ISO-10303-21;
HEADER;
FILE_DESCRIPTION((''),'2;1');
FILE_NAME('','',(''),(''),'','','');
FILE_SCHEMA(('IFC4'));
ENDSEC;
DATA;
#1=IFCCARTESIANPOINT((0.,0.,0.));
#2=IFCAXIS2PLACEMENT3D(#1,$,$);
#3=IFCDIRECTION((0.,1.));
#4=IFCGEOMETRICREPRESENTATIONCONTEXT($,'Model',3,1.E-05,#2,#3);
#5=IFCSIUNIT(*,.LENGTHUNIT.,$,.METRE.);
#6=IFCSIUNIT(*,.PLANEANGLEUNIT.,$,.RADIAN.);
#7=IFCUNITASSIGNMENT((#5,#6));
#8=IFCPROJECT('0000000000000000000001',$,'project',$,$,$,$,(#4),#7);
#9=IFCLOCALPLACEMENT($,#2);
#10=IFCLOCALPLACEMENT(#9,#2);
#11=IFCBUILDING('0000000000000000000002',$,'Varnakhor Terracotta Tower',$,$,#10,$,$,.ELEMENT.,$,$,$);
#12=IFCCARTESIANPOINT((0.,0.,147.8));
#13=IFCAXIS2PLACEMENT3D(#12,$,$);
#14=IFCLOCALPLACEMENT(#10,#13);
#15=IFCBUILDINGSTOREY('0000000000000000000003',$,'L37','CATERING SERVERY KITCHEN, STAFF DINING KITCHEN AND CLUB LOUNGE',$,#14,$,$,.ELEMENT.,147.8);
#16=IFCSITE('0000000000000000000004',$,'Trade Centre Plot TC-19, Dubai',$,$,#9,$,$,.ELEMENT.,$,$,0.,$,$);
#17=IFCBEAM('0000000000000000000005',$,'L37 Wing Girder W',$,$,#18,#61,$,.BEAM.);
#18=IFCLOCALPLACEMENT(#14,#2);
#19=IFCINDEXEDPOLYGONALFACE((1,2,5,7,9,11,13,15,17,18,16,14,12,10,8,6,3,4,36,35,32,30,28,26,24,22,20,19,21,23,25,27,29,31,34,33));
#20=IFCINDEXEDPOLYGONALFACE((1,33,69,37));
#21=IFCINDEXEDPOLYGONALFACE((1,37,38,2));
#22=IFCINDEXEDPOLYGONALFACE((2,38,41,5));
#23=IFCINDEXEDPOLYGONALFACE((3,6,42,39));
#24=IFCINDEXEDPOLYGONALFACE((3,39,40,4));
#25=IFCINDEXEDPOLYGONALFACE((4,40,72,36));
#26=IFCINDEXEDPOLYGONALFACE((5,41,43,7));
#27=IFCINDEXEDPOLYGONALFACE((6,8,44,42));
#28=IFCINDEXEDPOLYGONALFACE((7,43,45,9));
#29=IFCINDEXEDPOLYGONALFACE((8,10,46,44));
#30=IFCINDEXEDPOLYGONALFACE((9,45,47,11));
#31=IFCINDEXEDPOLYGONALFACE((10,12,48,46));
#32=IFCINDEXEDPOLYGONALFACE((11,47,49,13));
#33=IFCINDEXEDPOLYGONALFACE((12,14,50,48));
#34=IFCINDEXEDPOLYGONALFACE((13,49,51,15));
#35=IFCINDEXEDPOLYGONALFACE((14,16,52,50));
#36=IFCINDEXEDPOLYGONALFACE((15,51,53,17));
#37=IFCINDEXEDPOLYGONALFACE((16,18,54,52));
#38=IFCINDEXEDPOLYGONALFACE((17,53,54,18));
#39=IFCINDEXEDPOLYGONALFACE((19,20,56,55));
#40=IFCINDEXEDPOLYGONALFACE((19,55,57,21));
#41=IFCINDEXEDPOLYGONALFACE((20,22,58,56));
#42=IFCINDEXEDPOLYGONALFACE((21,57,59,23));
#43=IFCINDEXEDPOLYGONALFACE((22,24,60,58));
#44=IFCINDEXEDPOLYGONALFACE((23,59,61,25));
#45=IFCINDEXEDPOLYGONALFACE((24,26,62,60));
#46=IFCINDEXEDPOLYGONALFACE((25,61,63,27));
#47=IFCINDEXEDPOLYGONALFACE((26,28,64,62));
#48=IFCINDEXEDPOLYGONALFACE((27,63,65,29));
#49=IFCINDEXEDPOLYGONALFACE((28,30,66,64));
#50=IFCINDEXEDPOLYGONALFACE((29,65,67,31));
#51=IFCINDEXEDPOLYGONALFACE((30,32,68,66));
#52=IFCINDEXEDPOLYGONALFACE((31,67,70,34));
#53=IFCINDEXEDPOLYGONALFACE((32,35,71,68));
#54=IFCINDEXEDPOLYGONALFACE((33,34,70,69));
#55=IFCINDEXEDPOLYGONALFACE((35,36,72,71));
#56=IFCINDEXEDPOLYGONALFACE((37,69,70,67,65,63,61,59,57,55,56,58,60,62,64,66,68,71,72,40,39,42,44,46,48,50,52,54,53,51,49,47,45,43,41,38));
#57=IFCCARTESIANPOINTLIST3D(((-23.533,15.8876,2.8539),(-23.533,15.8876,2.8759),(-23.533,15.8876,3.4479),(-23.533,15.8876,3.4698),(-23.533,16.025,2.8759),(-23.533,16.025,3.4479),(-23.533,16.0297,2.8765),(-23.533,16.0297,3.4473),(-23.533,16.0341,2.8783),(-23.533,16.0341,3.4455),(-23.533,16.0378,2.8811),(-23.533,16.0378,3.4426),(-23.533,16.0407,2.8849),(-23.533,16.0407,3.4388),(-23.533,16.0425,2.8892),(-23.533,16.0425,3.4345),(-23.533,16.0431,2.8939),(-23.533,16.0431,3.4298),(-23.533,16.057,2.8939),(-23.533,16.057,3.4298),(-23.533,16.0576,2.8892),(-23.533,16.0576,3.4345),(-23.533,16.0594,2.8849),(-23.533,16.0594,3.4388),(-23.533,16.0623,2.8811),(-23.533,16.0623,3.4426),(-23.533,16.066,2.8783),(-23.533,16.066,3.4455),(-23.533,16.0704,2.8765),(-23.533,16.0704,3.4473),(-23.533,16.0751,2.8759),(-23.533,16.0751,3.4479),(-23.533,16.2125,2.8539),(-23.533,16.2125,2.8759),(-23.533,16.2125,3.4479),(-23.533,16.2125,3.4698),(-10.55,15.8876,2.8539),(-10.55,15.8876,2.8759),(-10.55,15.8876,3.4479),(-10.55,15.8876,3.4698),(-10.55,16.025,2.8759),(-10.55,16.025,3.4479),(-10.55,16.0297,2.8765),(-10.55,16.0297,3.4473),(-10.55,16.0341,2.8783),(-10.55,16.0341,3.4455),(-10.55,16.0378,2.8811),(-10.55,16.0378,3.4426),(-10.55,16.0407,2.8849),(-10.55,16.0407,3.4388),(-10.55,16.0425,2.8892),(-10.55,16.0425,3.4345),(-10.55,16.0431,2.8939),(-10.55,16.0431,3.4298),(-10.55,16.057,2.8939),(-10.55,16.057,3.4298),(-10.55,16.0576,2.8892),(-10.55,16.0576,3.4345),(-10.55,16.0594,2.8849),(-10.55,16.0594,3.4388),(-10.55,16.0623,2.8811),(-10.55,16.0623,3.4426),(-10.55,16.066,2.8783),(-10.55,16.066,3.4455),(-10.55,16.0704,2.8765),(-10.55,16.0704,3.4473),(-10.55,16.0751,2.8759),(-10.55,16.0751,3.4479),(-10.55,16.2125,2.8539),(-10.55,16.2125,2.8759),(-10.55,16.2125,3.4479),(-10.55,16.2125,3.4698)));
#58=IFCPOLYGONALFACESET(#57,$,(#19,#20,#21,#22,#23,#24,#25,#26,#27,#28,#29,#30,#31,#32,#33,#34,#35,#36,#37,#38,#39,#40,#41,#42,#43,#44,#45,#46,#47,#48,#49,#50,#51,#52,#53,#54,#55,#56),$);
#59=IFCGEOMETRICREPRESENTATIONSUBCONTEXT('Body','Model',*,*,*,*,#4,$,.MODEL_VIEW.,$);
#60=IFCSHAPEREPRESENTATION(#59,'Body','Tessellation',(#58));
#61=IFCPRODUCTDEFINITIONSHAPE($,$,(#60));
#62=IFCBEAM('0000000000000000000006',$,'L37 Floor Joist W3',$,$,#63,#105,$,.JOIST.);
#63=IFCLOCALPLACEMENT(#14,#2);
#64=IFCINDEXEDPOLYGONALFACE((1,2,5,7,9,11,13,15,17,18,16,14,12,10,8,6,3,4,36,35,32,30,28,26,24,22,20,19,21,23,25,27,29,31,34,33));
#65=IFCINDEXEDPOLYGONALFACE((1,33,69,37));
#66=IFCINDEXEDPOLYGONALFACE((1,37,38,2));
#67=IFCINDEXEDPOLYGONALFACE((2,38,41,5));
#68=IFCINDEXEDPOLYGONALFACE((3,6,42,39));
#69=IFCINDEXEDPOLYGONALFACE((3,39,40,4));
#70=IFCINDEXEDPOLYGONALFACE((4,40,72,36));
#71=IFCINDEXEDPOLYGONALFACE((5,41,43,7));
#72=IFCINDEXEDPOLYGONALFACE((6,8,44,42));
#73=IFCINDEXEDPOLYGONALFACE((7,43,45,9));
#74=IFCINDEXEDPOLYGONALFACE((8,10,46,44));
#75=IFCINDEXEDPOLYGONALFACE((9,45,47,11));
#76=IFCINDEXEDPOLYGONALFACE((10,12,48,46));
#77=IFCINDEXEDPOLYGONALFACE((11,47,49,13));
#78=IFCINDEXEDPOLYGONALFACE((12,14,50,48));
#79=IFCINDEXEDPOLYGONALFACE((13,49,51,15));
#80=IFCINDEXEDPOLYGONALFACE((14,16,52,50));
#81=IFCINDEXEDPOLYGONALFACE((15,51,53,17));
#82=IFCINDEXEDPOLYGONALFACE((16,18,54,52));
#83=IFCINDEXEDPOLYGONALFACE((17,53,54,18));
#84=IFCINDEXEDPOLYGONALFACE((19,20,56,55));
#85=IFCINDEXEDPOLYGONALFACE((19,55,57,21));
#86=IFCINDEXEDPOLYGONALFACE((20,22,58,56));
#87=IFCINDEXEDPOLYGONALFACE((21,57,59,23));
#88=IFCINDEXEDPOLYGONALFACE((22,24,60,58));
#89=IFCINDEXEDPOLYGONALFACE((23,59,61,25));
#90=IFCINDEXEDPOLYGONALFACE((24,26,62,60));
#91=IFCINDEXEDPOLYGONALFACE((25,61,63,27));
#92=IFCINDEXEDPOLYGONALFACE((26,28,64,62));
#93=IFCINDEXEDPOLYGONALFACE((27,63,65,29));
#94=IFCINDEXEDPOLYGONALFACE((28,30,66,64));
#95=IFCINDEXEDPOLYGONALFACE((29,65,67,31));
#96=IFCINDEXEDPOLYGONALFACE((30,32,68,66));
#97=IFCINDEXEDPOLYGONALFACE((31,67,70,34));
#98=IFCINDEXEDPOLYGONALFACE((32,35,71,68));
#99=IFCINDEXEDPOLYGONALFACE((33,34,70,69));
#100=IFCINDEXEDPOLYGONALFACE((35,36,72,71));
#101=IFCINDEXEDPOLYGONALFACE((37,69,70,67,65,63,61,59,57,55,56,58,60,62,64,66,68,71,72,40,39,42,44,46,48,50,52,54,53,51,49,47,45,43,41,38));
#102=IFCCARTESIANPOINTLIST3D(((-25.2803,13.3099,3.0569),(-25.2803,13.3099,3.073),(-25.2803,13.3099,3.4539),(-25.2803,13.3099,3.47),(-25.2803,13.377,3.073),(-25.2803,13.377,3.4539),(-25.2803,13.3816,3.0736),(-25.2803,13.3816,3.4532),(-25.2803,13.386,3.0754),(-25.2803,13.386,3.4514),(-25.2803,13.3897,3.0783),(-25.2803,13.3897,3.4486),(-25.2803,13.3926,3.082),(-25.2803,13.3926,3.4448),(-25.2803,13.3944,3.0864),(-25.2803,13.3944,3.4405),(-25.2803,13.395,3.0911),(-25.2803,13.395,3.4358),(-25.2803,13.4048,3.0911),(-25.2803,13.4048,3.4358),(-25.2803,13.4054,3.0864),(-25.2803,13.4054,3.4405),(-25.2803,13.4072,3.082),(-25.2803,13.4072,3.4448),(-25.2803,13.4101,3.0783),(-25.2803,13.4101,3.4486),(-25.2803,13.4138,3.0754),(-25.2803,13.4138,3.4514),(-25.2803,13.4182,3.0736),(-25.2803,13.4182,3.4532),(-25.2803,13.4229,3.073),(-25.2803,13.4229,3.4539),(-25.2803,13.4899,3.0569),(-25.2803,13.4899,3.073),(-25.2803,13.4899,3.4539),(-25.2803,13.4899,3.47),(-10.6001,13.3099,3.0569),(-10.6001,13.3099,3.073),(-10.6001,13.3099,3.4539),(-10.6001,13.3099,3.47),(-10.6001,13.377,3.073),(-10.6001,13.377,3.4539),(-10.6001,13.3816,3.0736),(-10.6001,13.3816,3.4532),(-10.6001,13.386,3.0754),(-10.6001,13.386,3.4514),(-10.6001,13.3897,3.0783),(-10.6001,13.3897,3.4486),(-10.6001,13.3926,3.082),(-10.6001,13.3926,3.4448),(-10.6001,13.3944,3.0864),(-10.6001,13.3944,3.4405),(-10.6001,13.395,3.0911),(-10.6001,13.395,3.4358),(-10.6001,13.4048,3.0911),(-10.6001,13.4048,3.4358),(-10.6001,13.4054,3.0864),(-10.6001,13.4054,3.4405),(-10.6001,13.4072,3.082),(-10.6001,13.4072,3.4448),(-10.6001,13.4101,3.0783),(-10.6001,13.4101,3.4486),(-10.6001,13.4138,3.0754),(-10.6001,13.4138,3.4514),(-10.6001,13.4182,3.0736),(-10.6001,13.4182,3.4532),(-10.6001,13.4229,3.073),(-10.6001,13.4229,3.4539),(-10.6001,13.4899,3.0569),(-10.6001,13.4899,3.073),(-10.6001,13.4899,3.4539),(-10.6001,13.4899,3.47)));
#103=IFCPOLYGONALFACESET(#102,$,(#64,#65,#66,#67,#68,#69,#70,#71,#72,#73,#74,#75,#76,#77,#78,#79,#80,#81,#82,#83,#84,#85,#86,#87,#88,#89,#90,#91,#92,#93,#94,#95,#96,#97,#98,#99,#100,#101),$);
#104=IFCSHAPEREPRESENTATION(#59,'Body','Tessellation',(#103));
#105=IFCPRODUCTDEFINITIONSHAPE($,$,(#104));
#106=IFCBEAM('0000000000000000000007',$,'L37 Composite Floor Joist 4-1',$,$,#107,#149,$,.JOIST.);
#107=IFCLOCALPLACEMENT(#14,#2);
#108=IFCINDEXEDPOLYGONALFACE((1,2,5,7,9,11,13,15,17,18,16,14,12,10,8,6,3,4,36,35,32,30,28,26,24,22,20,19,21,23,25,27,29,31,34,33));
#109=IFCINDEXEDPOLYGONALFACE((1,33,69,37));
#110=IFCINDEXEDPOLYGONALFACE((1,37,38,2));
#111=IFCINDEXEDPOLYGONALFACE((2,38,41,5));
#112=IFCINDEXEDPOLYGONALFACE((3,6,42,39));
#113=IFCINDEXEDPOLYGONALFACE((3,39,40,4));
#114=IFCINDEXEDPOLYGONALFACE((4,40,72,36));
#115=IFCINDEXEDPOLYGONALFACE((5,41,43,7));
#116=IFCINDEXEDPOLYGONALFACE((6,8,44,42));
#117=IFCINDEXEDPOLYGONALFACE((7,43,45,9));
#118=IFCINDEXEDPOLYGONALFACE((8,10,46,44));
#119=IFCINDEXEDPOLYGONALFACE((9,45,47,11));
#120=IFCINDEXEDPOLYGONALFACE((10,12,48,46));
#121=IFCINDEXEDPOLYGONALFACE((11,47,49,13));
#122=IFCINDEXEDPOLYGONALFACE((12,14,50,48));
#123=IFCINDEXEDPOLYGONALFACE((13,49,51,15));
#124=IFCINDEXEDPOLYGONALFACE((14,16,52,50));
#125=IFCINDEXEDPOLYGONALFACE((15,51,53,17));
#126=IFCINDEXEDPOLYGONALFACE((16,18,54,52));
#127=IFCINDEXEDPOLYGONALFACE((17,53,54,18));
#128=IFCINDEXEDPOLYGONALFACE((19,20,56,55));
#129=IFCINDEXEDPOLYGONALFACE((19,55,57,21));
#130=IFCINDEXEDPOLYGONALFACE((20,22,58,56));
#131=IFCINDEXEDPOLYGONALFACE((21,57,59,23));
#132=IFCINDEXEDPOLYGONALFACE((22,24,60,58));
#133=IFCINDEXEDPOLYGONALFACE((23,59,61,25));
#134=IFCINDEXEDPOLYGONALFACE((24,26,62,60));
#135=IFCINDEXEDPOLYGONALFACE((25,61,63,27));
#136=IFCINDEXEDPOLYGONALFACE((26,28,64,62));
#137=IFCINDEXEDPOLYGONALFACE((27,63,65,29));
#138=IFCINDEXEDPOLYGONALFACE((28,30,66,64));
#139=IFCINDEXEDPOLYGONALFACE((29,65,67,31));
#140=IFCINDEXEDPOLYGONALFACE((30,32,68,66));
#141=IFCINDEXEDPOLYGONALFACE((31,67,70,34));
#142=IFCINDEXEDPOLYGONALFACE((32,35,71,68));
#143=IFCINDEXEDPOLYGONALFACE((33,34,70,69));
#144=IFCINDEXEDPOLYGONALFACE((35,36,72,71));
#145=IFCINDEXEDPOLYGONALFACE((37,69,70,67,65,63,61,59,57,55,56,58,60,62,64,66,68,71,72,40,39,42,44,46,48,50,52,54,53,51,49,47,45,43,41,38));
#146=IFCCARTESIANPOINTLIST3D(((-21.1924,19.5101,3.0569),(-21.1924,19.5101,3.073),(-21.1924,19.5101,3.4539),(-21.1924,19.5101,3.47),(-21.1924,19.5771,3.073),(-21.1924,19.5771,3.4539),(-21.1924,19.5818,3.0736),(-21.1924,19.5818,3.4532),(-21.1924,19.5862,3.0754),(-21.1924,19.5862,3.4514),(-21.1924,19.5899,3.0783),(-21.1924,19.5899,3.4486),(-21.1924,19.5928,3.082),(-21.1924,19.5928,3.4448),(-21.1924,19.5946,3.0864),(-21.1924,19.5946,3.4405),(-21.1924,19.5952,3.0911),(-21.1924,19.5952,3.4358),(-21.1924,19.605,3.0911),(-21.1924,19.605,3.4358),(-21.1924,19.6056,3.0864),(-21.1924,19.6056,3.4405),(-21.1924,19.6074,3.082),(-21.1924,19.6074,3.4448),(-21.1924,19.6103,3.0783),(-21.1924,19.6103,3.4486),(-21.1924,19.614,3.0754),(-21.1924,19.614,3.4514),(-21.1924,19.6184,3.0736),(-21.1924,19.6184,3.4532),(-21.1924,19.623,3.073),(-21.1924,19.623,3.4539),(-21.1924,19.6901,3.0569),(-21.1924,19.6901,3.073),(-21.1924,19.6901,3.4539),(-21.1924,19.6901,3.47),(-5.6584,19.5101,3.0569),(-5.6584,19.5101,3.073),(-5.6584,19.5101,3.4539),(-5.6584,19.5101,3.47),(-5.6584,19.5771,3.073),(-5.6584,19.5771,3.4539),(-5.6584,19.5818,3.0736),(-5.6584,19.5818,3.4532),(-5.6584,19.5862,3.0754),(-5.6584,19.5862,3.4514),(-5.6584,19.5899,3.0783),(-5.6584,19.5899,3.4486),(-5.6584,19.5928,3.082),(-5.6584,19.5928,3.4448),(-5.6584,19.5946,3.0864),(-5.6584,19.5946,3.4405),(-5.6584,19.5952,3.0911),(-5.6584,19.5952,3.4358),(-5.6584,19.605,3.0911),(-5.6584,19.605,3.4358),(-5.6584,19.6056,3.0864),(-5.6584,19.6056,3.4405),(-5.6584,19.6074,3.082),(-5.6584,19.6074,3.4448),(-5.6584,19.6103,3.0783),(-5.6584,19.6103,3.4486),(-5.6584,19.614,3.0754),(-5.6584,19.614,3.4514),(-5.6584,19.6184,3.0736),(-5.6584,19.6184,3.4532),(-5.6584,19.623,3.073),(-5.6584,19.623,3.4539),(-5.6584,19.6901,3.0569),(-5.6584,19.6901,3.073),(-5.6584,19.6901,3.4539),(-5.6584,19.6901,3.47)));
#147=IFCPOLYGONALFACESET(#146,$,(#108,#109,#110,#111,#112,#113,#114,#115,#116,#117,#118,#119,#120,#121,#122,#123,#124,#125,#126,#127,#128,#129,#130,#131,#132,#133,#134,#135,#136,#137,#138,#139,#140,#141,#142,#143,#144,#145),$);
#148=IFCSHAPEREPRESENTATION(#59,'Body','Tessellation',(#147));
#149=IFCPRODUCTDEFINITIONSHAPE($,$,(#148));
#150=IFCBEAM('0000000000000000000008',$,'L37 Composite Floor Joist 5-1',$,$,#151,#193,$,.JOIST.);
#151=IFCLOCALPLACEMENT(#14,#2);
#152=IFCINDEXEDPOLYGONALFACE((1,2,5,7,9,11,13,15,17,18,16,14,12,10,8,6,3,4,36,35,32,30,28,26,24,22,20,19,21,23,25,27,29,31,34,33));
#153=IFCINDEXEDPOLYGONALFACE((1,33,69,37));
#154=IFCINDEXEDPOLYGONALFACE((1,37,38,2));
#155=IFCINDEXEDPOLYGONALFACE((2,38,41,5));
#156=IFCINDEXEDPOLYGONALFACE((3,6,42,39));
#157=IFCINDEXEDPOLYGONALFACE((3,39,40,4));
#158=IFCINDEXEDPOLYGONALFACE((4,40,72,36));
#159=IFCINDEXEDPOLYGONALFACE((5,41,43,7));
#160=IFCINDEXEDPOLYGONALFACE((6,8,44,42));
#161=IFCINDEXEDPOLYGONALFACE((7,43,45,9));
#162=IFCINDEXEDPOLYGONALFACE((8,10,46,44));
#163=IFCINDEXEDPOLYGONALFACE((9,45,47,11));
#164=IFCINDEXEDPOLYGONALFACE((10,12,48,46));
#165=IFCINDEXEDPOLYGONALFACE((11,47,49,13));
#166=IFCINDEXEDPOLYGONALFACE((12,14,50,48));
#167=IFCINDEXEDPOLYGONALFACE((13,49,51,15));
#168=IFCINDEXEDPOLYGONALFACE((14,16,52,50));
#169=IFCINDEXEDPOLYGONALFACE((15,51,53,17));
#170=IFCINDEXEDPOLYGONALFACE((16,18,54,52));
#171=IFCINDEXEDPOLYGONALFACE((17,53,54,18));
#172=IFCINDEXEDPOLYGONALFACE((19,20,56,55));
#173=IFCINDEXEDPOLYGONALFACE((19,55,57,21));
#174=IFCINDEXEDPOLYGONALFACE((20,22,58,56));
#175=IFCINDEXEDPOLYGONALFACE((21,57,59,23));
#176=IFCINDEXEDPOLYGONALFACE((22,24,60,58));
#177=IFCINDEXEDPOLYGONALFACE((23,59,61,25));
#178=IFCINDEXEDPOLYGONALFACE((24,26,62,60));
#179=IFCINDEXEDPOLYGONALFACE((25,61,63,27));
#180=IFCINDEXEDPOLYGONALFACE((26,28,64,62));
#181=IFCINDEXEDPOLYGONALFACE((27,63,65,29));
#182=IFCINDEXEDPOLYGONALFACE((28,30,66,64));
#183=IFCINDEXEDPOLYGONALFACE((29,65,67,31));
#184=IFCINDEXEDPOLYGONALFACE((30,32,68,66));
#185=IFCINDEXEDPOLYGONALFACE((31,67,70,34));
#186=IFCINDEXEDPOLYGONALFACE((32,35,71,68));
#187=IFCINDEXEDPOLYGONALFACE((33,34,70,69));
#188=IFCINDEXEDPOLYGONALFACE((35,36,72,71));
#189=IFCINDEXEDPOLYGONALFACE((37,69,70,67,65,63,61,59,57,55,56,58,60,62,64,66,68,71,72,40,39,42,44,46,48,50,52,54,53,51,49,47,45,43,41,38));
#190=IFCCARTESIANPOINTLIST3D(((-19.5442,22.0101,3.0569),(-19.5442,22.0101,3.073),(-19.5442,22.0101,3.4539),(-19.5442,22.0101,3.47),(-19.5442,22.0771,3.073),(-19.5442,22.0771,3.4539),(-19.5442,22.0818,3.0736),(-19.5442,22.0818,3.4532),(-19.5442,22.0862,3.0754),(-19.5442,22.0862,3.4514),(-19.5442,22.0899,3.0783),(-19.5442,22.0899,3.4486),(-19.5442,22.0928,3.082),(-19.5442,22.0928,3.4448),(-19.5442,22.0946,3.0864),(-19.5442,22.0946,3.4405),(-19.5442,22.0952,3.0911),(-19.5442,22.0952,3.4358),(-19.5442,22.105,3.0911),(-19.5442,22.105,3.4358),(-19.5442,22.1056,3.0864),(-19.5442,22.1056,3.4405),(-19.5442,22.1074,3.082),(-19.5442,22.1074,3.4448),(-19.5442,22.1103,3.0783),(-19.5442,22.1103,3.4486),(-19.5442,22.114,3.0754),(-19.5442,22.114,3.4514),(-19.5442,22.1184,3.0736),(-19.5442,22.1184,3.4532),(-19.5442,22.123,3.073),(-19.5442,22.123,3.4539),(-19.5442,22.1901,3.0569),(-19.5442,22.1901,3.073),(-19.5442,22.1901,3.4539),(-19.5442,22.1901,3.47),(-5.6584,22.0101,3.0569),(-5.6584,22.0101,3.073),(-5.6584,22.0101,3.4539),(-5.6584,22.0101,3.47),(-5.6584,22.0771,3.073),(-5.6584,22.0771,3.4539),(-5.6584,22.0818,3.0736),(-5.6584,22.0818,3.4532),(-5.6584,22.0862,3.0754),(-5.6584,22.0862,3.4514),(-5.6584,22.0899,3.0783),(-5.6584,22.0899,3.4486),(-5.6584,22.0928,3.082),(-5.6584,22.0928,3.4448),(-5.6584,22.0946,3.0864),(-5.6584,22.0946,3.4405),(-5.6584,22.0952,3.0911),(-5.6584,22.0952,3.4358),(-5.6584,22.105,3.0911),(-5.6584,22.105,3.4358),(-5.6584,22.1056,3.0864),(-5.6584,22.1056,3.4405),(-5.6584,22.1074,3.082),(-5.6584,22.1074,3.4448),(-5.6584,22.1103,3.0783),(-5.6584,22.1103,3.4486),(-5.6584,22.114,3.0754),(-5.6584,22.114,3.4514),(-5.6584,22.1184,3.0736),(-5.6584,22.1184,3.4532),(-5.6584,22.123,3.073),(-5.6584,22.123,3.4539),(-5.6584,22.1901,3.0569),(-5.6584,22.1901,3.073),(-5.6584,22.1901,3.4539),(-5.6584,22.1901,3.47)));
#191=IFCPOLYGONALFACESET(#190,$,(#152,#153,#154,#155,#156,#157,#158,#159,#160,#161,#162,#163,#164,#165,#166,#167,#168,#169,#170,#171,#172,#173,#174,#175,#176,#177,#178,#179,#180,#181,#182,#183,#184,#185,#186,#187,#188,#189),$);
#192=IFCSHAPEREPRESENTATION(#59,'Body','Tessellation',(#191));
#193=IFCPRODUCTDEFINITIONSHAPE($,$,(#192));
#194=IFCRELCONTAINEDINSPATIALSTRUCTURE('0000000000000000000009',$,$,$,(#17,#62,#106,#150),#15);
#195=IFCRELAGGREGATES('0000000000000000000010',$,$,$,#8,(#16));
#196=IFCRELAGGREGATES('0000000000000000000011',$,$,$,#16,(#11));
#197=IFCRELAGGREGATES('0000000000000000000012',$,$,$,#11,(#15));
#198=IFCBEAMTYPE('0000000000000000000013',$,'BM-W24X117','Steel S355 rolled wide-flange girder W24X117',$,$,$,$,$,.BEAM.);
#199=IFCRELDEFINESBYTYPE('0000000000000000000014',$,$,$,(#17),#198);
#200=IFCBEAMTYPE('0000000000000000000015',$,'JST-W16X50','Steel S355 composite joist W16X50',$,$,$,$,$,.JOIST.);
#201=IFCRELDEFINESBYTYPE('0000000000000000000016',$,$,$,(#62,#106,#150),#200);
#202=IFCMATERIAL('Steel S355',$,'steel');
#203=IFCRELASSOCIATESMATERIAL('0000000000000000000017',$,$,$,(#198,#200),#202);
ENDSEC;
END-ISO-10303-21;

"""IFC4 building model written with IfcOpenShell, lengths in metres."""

from ifc_helpers import new_model, si_unit, direction, frame, origin, origin_2d, place, context, subcontext, project, spatial, i_section, extrude, source, transform, mapped, material, material_profile, profile_set, type_object, element, save


model = new_model("IFC4")

# Units and contexts
model_context = context("Model", 3, precision=1e-05, world=origin(), true_north=direction((0.0, 1.0)))
body_context = subcontext(model_context, "Body", "Model", "MODEL_VIEW")
ifc_project = project(units=[si_unit("LENGTHUNIT", "METRE"), si_unit("PLANEANGLEUNIT", "RADIAN")], contexts=[model_context])

# Site, building, storey
site_placement = place(None, origin())
site = spatial("IfcSite", under=ifc_project, at=site_placement, Name="Trade Centre Plot TC-19, Dubai", CompositionType="ELEMENT", RefElevation=0.0)
building_placement = place(site_placement, origin())
building = spatial("IfcBuilding", under=site, at=building_placement, Name="Varnakhor Terracotta Tower", CompositionType="ELEMENT")
storey_placement = place(building_placement, frame((0.0, 0.0, 147.8)))
storey = spatial("IfcBuildingStorey", under=building, at=storey_placement, Name="L37", Description="CATERING SERVERY KITCHEN, STAFF DINING KITCHEN AND CLUB LOUNGE", CompositionType="ELEMENT", Elevation=147.8)

# Beams
ifc_material_1 = material(Name="Steel S355", Category="steel")
ifc_material_profile_1 = material_profile(ifc_material_1, i_section(OverallWidth=0.325, OverallDepth=0.616, WebThickness=0.0139, FlangeThickness=0.022, FilletRadius=0.0181, at=origin_2d()), Name="W24X117")
ifc_profile_set_1 = profile_set([ifc_material_profile_1], Name="Steel S355")
beam_type_1 = type_object("IfcBeamType", Name="BM-W24X117", Description="Steel S355 rolled wide-flange girder W24X117", PredefinedType="BEAM", material=ifc_profile_set_1)
shared_shape_1 = source(origin(), body_context, "Body", "SweptSolid", [
    extrude(i_section(OverallWidth=0.325, OverallDepth=0.616, WebThickness=0.0139, FlangeThickness=0.022, FilletRadius=0.0181, at=origin_2d()), origin(), (0.0, 0.0, 1.0), 12.9829),
])
beam_1_placement = place(storey_placement, frame((-23.533, 16.05, 3.1619), z_axis=(1.0, 0.0, 0.0), x_axis=(0.0, 1.0, 0.0)))
element("IfcBeam", 1, at=beam_1_placement, inside=storey, type_object=beam_type_1, Name="L37 Wing Girder W", PredefinedType="BEAM", context=body_context, shape_type="MappedRepresentation", body=[
    mapped(shared_shape_1, transform((0.0, 0.0, 0.0), scale=1.0)),
])
ifc_material_profile_2 = material_profile(ifc_material_1, i_section(OverallWidth=0.1799, OverallDepth=0.4131, WebThickness=0.0098, FlangeThickness=0.0161, FilletRadius=0.0181, at=origin_2d()), Name="W16X50")
ifc_profile_set_2 = profile_set([ifc_material_profile_2], Name="Steel S355")
beam_type_2 = type_object("IfcBeamType", Name="JST-W16X50", Description="Steel S355 composite joist W16X50", PredefinedType="JOIST", material=ifc_profile_set_2)
shared_shape_2 = source(origin(), body_context, "Body", "SweptSolid", [
    extrude(i_section(OverallWidth=0.1799, OverallDepth=0.4131, WebThickness=0.0098, FlangeThickness=0.0161, FilletRadius=0.0181, at=origin_2d()), origin(), (0.0, 0.0, 1.0), 14.6802),
])
beam_2_placement = place(storey_placement, frame((-25.2803, 13.3999, 3.2634), z_axis=(1.0, 0.0, 0.0), x_axis=(0.0, 1.0, 0.0)))
element("IfcBeam", 2, at=beam_2_placement, inside=storey, type_object=beam_type_2, Name="L37 Floor Joist W3", PredefinedType="JOIST", context=body_context, shape_type="MappedRepresentation", body=[
    mapped(shared_shape_2, transform((0.0, 0.0, 0.0), scale=1.0)),
])
shared_shape_3 = source(origin(), body_context, "Body", "SweptSolid", [
    extrude(i_section(OverallWidth=0.1799, OverallDepth=0.4131, WebThickness=0.0098, FlangeThickness=0.0161, FilletRadius=0.0181, at=origin_2d()), origin(), (0.0, 0.0, 1.0), 15.5339),
])
beam_3_placement = place(storey_placement, frame((-21.1924, 19.6001, 3.2634), z_axis=(1.0, 0.0, 0.0), x_axis=(0.0, 1.0, 0.0)))
element("IfcBeam", 3, at=beam_3_placement, inside=storey, type_object=beam_type_2, Name="L37 Composite Floor Joist 4-1", PredefinedType="JOIST", context=body_context, shape_type="MappedRepresentation", body=[
    mapped(shared_shape_3, transform((0.0, 0.0, 0.0), scale=1.0)),
])
shared_shape_4 = source(origin(), body_context, "Body", "SweptSolid", [
    extrude(i_section(OverallWidth=0.1799, OverallDepth=0.4131, WebThickness=0.0098, FlangeThickness=0.0161, FilletRadius=0.0181, at=origin_2d()), origin(), (0.0, 0.0, 1.0), 13.8857),
])
beam_4_placement = place(storey_placement, frame((-19.5442, 22.1001, 3.2634), z_axis=(1.0, 0.0, 0.0), x_axis=(0.0, 1.0, 0.0)))
element("IfcBeam", 4, at=beam_4_placement, inside=storey, type_object=beam_type_2, Name="L37 Composite Floor Joist 5-1", PredefinedType="JOIST", context=body_context, shape_type="MappedRepresentation", body=[
    mapped(shared_shape_4, transform((0.0, 0.0, 0.0), scale=1.0)),
])

save(model, "model.ifc")
